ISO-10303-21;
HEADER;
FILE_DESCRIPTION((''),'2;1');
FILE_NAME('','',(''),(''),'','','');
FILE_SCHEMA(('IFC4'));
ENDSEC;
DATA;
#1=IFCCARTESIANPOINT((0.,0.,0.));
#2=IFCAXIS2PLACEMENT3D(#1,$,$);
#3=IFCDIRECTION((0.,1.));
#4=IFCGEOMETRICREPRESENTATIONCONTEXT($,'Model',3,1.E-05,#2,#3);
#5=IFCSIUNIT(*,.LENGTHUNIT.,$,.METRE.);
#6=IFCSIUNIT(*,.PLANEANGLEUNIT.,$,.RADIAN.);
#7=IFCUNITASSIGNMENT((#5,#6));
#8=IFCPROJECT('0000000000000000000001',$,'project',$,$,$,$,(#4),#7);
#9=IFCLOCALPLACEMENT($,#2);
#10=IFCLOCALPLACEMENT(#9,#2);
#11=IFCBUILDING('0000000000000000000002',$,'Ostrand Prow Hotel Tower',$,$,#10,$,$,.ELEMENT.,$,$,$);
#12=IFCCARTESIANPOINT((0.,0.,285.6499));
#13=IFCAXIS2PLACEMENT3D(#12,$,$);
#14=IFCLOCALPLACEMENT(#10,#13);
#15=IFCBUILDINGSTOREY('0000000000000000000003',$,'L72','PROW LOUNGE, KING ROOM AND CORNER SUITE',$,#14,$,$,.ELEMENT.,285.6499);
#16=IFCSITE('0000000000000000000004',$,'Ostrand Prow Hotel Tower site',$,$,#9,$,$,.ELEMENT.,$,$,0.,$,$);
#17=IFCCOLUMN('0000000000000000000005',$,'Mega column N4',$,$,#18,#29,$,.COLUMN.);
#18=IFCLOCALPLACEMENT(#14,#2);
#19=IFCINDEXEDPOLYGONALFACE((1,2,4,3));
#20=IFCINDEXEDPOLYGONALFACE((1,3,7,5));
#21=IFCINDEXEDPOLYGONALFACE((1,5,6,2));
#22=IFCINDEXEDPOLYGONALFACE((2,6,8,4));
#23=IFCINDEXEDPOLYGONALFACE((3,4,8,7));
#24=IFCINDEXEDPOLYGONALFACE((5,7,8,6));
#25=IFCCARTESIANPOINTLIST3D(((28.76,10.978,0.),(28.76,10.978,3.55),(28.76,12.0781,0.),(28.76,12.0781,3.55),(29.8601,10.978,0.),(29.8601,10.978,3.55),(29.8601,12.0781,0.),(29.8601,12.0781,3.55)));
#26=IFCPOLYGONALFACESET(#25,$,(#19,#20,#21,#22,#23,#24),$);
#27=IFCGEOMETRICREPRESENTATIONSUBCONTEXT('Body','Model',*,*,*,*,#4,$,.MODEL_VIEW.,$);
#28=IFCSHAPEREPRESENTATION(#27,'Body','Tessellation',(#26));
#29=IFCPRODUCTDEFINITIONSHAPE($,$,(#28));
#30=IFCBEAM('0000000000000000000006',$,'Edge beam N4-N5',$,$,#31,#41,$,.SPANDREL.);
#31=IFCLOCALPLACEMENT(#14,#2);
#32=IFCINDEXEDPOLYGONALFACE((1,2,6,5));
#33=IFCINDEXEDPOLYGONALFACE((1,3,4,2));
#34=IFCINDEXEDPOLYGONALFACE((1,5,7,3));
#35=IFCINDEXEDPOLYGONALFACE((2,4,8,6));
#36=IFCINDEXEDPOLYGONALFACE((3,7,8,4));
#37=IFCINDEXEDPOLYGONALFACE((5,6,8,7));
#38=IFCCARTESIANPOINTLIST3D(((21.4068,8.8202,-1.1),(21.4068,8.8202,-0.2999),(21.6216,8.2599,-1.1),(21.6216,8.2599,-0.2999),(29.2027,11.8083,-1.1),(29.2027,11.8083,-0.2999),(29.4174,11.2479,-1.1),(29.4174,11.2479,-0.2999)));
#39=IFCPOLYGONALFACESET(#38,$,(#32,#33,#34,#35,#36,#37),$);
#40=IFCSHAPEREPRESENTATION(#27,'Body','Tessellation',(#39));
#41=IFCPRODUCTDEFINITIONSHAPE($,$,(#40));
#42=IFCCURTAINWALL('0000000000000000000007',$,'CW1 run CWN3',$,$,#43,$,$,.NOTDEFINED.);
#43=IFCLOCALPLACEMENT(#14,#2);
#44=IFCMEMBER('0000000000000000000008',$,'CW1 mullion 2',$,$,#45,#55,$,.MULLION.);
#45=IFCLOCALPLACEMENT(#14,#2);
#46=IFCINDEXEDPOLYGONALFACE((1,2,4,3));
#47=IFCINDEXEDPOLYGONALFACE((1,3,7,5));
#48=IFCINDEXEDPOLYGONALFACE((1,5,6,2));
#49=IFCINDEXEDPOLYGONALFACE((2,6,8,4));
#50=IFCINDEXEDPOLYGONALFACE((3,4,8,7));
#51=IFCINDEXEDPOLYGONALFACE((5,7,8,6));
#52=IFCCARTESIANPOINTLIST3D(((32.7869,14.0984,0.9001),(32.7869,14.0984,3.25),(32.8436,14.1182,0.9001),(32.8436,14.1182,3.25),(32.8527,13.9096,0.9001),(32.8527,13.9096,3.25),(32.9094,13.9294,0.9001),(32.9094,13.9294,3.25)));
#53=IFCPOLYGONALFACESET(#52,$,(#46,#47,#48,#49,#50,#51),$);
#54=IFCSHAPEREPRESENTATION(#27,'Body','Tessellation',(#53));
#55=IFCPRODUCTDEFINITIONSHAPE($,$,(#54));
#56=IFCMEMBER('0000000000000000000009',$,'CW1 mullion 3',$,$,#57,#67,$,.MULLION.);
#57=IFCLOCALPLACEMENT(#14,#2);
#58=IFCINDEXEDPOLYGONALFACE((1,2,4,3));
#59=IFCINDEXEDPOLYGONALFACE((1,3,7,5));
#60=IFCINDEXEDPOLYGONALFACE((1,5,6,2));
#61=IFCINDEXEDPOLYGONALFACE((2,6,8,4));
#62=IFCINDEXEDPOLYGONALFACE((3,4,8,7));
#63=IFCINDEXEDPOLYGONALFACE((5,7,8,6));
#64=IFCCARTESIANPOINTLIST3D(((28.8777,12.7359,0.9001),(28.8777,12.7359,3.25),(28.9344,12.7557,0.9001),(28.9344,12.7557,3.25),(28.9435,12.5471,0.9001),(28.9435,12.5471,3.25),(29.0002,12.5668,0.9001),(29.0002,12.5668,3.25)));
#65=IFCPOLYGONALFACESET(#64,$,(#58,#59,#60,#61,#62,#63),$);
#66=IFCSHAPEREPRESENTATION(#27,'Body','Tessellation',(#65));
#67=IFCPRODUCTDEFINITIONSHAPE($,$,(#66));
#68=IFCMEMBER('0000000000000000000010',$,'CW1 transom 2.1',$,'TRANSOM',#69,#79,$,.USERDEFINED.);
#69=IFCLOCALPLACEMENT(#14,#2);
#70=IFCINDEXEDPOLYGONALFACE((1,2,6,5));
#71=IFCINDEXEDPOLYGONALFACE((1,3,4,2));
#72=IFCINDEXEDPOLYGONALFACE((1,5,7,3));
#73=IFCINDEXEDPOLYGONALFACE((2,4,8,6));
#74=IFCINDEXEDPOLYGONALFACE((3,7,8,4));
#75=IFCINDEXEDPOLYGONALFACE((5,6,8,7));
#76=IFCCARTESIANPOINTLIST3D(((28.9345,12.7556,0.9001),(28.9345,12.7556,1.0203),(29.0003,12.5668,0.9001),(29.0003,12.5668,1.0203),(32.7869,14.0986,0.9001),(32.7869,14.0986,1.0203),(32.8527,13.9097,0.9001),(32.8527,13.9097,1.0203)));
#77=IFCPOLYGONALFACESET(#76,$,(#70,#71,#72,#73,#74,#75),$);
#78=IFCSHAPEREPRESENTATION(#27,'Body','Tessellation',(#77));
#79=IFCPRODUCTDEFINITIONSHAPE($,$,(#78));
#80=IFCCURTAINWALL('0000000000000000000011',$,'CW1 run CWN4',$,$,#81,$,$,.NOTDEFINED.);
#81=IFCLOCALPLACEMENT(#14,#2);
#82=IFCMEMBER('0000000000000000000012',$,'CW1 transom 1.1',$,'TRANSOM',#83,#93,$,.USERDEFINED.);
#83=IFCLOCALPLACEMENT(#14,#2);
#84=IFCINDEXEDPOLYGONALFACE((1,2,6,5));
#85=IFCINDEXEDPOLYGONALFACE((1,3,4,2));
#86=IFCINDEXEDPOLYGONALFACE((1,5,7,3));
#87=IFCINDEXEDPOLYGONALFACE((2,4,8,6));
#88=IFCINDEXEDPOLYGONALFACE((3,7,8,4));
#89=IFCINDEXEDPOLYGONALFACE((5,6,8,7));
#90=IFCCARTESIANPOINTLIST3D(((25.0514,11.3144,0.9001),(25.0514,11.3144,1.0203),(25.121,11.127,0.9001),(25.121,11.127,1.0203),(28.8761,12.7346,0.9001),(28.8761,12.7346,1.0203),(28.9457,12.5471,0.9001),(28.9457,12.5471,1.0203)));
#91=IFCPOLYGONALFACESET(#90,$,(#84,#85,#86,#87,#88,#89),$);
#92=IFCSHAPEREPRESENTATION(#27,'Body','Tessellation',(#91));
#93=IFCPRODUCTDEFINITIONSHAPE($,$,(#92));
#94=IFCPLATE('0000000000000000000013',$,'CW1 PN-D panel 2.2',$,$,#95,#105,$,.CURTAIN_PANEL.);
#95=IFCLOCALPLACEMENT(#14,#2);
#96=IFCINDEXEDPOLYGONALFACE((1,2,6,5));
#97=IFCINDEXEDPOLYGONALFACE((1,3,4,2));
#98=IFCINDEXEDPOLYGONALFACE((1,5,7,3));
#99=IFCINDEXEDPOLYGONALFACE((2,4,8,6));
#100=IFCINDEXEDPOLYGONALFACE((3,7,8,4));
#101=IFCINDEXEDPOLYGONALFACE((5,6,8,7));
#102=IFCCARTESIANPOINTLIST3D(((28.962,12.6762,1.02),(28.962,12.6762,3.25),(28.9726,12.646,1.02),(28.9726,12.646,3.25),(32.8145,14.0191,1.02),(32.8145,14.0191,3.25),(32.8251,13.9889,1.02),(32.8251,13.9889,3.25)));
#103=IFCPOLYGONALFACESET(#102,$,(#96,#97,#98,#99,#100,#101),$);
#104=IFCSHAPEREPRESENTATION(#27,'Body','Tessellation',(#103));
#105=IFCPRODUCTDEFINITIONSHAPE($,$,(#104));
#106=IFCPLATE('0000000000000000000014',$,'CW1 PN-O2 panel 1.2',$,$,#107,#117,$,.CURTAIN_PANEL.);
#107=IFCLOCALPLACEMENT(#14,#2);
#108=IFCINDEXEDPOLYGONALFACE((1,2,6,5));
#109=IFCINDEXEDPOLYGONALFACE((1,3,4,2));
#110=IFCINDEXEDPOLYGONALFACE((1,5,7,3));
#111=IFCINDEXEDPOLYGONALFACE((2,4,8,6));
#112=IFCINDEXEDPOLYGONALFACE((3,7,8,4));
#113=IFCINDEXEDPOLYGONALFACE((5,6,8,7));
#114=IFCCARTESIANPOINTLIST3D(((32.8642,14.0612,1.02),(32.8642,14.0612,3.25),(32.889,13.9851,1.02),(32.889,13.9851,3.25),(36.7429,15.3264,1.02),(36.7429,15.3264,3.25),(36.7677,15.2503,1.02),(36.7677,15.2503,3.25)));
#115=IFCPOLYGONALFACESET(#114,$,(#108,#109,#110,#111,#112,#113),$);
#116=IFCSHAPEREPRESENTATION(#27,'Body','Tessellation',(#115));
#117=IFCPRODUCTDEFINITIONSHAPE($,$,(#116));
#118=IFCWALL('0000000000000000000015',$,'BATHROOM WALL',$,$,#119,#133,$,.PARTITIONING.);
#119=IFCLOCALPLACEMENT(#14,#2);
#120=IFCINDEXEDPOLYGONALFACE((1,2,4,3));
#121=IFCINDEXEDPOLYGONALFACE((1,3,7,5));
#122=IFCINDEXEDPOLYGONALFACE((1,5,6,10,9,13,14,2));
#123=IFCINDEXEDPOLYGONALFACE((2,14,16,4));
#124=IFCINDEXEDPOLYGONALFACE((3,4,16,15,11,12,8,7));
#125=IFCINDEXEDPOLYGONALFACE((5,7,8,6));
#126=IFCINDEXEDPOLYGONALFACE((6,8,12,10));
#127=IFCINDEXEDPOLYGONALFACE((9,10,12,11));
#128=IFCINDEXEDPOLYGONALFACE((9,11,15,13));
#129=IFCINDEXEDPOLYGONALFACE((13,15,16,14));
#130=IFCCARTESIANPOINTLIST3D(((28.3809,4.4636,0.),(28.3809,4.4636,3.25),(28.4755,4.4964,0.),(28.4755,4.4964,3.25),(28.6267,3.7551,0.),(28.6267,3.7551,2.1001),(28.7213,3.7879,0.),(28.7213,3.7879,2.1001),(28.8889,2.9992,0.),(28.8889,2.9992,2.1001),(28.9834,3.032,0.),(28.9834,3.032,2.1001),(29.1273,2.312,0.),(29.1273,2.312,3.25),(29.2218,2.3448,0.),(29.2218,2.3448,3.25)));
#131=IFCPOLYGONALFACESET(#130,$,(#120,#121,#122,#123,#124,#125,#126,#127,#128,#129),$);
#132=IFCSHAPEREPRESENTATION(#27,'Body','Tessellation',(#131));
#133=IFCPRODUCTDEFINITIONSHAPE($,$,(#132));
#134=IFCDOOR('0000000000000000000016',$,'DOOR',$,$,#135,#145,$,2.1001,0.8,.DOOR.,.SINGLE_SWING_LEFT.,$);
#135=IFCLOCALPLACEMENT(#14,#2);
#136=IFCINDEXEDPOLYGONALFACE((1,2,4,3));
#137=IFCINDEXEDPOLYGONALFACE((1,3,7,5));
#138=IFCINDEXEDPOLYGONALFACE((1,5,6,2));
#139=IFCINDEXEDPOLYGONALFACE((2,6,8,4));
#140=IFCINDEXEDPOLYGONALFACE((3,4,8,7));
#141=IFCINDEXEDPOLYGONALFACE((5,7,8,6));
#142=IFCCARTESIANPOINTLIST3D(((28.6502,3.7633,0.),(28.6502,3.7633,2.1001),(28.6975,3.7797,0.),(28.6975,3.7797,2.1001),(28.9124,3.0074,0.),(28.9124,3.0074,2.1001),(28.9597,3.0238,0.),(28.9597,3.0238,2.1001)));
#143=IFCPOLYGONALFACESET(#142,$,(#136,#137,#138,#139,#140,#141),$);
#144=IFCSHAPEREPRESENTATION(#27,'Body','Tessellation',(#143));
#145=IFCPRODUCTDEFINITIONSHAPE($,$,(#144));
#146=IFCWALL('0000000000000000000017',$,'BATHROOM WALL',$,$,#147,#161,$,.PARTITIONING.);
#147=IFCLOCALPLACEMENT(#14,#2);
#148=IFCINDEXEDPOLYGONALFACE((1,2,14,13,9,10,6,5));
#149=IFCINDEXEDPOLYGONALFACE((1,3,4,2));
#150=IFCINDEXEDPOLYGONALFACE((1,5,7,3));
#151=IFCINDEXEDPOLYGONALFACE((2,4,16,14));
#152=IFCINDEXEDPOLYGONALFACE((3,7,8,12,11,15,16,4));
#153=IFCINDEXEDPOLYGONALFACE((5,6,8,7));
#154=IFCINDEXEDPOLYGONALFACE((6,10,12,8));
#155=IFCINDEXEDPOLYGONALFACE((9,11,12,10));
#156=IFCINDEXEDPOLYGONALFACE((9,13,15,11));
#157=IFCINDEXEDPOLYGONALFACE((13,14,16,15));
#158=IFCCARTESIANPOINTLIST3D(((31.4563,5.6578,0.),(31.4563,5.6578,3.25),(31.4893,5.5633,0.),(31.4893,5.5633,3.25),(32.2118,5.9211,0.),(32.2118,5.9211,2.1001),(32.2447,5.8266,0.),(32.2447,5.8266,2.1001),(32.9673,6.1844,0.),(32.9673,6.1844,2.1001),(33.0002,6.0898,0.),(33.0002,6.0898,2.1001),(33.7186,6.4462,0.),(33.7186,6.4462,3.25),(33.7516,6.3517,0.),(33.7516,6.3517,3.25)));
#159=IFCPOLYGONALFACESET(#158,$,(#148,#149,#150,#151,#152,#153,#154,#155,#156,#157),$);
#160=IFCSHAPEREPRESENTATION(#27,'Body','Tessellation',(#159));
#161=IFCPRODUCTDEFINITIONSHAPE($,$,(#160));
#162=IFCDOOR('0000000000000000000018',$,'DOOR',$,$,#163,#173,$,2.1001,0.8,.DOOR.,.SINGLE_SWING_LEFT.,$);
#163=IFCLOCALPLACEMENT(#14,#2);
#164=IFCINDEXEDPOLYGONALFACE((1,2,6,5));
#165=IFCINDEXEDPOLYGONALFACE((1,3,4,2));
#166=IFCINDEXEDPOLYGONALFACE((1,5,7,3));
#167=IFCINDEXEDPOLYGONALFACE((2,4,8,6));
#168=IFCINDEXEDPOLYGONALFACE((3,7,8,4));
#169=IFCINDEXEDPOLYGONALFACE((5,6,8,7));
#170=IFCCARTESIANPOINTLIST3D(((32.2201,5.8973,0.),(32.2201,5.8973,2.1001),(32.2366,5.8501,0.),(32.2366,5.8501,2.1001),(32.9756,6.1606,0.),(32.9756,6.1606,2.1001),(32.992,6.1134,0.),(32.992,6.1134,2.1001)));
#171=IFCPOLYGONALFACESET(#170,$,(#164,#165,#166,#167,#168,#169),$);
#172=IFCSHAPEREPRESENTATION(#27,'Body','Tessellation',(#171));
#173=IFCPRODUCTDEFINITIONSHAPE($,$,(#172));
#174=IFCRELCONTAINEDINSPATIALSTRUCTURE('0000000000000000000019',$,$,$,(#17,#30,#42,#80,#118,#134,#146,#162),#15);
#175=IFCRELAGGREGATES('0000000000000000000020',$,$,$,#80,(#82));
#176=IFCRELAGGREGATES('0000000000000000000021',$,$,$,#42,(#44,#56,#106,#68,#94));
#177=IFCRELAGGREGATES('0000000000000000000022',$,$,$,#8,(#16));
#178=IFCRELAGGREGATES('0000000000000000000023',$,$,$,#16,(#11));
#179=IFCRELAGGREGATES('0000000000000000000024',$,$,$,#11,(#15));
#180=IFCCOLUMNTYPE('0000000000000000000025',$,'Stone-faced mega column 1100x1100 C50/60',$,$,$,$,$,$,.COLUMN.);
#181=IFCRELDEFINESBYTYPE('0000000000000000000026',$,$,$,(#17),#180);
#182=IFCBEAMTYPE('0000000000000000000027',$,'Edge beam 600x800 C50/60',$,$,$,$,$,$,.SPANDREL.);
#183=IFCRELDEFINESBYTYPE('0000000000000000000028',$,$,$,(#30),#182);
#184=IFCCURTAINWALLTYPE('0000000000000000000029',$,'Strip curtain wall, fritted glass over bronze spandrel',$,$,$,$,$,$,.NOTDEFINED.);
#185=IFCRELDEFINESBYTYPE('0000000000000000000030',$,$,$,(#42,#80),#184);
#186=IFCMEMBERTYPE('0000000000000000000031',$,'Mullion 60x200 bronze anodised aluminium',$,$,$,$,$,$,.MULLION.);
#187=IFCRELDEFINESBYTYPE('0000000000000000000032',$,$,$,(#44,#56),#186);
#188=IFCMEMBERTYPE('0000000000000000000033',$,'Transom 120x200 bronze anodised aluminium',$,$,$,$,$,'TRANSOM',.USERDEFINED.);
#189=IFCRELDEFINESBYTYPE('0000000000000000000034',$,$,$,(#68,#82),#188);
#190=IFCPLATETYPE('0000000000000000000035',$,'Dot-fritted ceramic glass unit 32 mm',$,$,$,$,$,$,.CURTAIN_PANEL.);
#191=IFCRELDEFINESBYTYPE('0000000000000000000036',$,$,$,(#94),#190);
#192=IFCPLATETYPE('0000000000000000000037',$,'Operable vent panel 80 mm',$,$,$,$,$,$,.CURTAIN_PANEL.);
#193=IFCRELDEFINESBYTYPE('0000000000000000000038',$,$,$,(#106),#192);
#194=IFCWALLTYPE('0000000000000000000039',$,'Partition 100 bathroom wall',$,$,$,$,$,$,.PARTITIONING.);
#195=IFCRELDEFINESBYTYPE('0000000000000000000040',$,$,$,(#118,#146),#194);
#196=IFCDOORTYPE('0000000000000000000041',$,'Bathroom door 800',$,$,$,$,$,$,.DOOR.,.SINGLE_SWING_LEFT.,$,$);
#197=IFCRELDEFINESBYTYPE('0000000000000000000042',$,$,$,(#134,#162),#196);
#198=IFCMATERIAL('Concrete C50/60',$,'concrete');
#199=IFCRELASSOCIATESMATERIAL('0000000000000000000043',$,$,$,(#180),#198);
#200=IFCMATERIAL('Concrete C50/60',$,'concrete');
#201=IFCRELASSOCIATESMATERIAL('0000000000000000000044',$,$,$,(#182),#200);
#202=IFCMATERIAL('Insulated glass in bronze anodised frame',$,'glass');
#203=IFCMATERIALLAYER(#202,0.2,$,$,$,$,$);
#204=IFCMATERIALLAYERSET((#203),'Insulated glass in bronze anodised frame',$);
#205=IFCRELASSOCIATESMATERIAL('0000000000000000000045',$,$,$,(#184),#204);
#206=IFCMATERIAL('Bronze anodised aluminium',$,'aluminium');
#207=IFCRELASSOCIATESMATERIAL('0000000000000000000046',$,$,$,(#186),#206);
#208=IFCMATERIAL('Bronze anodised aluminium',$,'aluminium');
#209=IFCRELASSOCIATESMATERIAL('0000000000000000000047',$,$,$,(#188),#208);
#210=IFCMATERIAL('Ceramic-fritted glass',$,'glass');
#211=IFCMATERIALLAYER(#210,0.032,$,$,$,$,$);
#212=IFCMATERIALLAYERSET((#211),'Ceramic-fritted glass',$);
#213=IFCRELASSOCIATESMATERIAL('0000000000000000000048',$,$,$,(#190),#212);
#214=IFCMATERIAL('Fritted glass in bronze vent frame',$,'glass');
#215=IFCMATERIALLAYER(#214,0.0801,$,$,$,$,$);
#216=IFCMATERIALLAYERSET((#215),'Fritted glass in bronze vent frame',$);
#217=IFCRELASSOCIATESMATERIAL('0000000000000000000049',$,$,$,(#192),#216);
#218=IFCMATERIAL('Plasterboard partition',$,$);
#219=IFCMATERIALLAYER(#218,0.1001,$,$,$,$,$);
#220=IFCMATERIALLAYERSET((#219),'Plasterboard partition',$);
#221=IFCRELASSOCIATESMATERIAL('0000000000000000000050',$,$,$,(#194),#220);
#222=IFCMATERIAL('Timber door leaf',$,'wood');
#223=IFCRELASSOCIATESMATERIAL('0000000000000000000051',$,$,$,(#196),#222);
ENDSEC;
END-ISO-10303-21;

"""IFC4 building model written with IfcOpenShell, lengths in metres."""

from ifc_helpers import new_model, si_unit, direction, frame, frame_2d, origin, origin_2d, place, context, subcontext, project, spatial, rectangle, extrude, material, layer, layer_set, material_profile, profile_set, type_object, element, fill, aggregate, save


model = new_model("IFC4")

# Units and contexts
model_context = context("Model", 3, precision=1e-05, world=origin(), true_north=direction((0.0, 1.0)))
body_context = subcontext(model_context, "Body", "Model", "MODEL_VIEW")
ifc_project = project(units=[si_unit("LENGTHUNIT", "METRE"), si_unit("PLANEANGLEUNIT", "RADIAN")], contexts=[model_context])

# Site, building, storey
site_placement = place(None, origin())
site = spatial("IfcSite", under=ifc_project, at=site_placement, Name="Ostrand Prow Hotel Tower site", CompositionType="ELEMENT", RefElevation=0.0)
building_placement = place(site_placement, origin())
building = spatial("IfcBuilding", under=site, at=building_placement, Name="Ostrand Prow Hotel Tower", CompositionType="ELEMENT")
storey_placement = place(building_placement, frame((0.0, 0.0, 285.6499)))
storey = spatial("IfcBuildingStorey", under=building, at=storey_placement, Name="L72", Description="PROW LOUNGE, KING ROOM AND CORNER SUITE", CompositionType="ELEMENT", Elevation=285.6499)

# Column
ifc_material_1 = material(Name="Concrete C50/60", Category="concrete")
ifc_material_profile_1 = material_profile(ifc_material_1, rectangle(XDim=1.1001, YDim=1.1001, at=origin_2d()), Name="RC 1100x1100")
ifc_profile_set_1 = profile_set([ifc_material_profile_1], Name="Concrete C50/60")
column_type = type_object("IfcColumnType", Name="Stone-faced mega column 1100x1100 C50/60", PredefinedType="COLUMN", material=ifc_profile_set_1)
column_placement = place(storey_placement, frame((29.3101, 11.5281, 0.0), z_axis=(0.0, 0.0, 1.0), x_axis=(1.0, 0.0, 0.0)))
element("IfcColumn", 1, at=column_placement, inside=storey, type_object=column_type, Name="Mega column N4", PredefinedType="COLUMN", context=body_context, shape_type="SweptSolid", body=[
    extrude(rectangle(XDim=1.1001, YDim=1.1001, at=origin_2d()), origin(), (0.0, 0.0, 1.0), 3.55),
])

# Beam
ifc_material_2 = material(Name="Concrete C50/60", Category="concrete")
ifc_material_profile_2 = material_profile(ifc_material_2, rectangle(XDim=0.6001, YDim=0.8, at=origin_2d()), Name="RC 600x800")
ifc_profile_set_2 = profile_set([ifc_material_profile_2], Name="Concrete C50/60")
beam_type = type_object("IfcBeamType", Name="Edge beam 600x800 C50/60", PredefinedType="SPANDREL", material=ifc_profile_set_2)
beam_placement = place(storey_placement, frame((29.3101, 11.5281, -0.7), z_axis=(-0.933762, -0.357895, 0.0), x_axis=(0.357895, -0.933762, 0.0)))
element("IfcBeam", 2, at=beam_placement, inside=storey, type_object=beam_type, Name="Edge beam N4-N5", PredefinedType="SPANDREL", context=body_context, shape_type="SweptSolid", body=[
    extrude(rectangle(XDim=0.6001, YDim=0.8, at=origin_2d()), origin(), (0.0, 0.0, 1.0), 8.3489),
])

# Curtain wall, members
ifc_material_3 = material(Name="Insulated glass in bronze anodised frame", Category="glass")
ifc_layer_1 = layer(ifc_material_3, 0.2)
ifc_layer_set_1 = layer_set([ifc_layer_1], Name="Insulated glass in bronze anodised frame")
curtain_wall_type = type_object("IfcCurtainWallType", Name="Strip curtain wall, fritted glass over bronze spandrel", PredefinedType="NOTDEFINED", material=ifc_layer_set_1)
curtain_wall_1_placement = place(storey_placement, origin())
curtain_wall_1 = element("IfcCurtainWall", 3, at=curtain_wall_1_placement, inside=storey, type_object=curtain_wall_type, Name="CW1 run CWN3", PredefinedType="NOTDEFINED")
ifc_material_4 = material(Name="Bronze anodised aluminium", Category="aluminium")
ifc_material_profile_3 = material_profile(ifc_material_4, rectangle(XDim=0.2, YDim=0.0601, at=origin_2d()), Name="Mullion 60x200 bronze anodised aluminium")
ifc_profile_set_3 = profile_set([ifc_material_profile_3], Name="Bronze anodised aluminium")
member_type_1 = type_object("IfcMemberType", Name="Mullion 60x200 bronze anodised aluminium", PredefinedType="MULLION", material=ifc_profile_set_3)
member_1_placement = place(storey_placement, frame((32.8481, 14.0139, 0.9001), z_axis=(0.0, 0.0, 1.0), x_axis=(0.329158, -0.944275, 0.0)))
member_1 = element("IfcMember", 4, at=member_1_placement, type_object=member_type_1, Name="CW1 mullion 2", PredefinedType="MULLION", context=body_context, shape_type="SweptSolid", body=[
    extrude(rectangle(XDim=0.2, YDim=0.0601, at=origin_2d()), origin(), (0.0, 0.0, 1.0), 2.3499),
])
member_2_placement = place(storey_placement, frame((28.939, 12.6514, 0.9001), z_axis=(0.0, 0.0, 1.0), x_axis=(0.329158, -0.944275, 0.0)))
member_2 = element("IfcMember", 5, at=member_2_placement, type_object=member_type_1, Name="CW1 mullion 3", PredefinedType="MULLION", context=body_context, shape_type="SweptSolid", body=[
    extrude(rectangle(XDim=0.2, YDim=0.0601, at=origin_2d()), origin(), (0.0, 0.0, 1.0), 2.3499),
])
ifc_material_5 = material(Name="Bronze anodised aluminium", Category="aluminium")
ifc_material_profile_4 = material_profile(ifc_material_5, rectangle(XDim=0.2, YDim=0.1201, at=origin_2d()), Name="Transom 120x200 bronze anodised aluminium")
ifc_profile_set_4 = profile_set([ifc_material_profile_4], Name="Bronze anodised aluminium")
member_type_2 = type_object("IfcMemberType", Name="Transom 120x200 bronze anodised aluminium", ElementType="TRANSOM", PredefinedType="USERDEFINED", material=ifc_profile_set_4)
member_3_placement = place(storey_placement, frame((32.8198, 14.0042, 0.9602), z_axis=(-0.944268, -0.329177, 0.0), x_axis=(0.329177, -0.944268, 0.0)))
member_3 = element("IfcMember", 6, at=member_3_placement, type_object=member_type_2, Name="CW1 transom 2.1", ObjectType="TRANSOM", PredefinedType="USERDEFINED", context=body_context, shape_type="SweptSolid", body=[
    extrude(rectangle(XDim=0.2, YDim=0.1201, at=origin_2d()), origin(), (0.0, 0.0, 1.0), 4.0798),
])

# Curtain wall, member
curtain_wall_2_placement = place(storey_placement, origin())
curtain_wall_2 = element("IfcCurtainWall", 7, at=curtain_wall_2_placement, inside=storey, type_object=curtain_wall_type, Name="CW1 run CWN4", PredefinedType="NOTDEFINED")
member_4_placement = place(storey_placement, frame((28.9109, 12.6409, 0.9602), z_axis=(-0.93746, -0.348092, 0.0), x_axis=(0.348092, -0.93746, 0.0)))
member_4 = element("IfcMember", 8, at=member_4_placement, type_object=member_type_2, Name="CW1 transom 1.1", ObjectType="TRANSOM", PredefinedType="USERDEFINED", context=body_context, shape_type="SweptSolid", body=[
    extrude(rectangle(XDim=0.2, YDim=0.1201, at=origin_2d()), origin(), (0.0, 0.0, 1.0), 4.0798),
])
aggregate(curtain_wall_2, [member_4])

# Plates
ifc_material_6 = material(Name="Ceramic-fritted glass", Category="glass")
ifc_layer_2 = layer(ifc_material_6, 0.032)
ifc_layer_set_2 = layer_set([ifc_layer_2], Name="Ceramic-fritted glass")
plate_type_1 = type_object("IfcPlateType", Name="Dot-fritted ceramic glass unit 32 mm", PredefinedType="CURTAIN_PANEL", material=ifc_layer_set_2)
plate_1_placement = place(storey_placement, frame((30.8936, 13.3325, 1.02), z_axis=(0.0, 0.0, 1.0), x_axis=(-0.944275, -0.329158, 0.0)))
plate_1 = element("IfcPlate", 9, at=plate_1_placement, type_object=plate_type_1, Name="CW1 PN-D panel 2.2", PredefinedType="CURTAIN_PANEL", context=body_context, shape_type="SweptSolid", body=[
    extrude(rectangle(XDim=4.0798, YDim=0.032, at=origin_2d()), origin(), (0.0, 0.0, 1.0), 2.23),
])
ifc_material_7 = material(Name="Fritted glass in bronze vent frame", Category="glass")
ifc_layer_3 = layer(ifc_material_7, 0.0801)
ifc_layer_set_3 = layer_set([ifc_layer_3], Name="Fritted glass in bronze vent frame")
plate_type_2 = type_object("IfcPlateType", Name="Operable vent panel 80 mm", PredefinedType="CURTAIN_PANEL", material=ifc_layer_set_3)
plate_2_placement = place(storey_placement, frame((34.8159, 14.6558, 1.02), z_axis=(0.0, 0.0, 1.0), x_axis=(-0.9507, -0.310111, 0.0)))
plate_2 = element("IfcPlate", 10, at=plate_2_placement, type_object=plate_type_2, Name="CW1 PN-O2 panel 1.2", PredefinedType="CURTAIN_PANEL", context=body_context, shape_type="SweptSolid", body=[
    extrude(rectangle(XDim=4.0798, YDim=0.0801, at=origin_2d()), origin(), (0.0, 0.0, 1.0), 2.23),
])
aggregate(curtain_wall_1, [member_1, member_2, plate_2, member_3, plate_1])

# Walls, openings, doors
ifc_material_8 = material(Name="Plasterboard partition")
ifc_layer_4 = layer(ifc_material_8, 0.1001)
ifc_layer_set_4 = layer_set([ifc_layer_4], Name="Plasterboard partition")
wall_type_1 = type_object("IfcWallType", Name="Partition 100 bathroom wall", PredefinedType="PARTITIONING", material=ifc_layer_set_4)
wall_1_placement = place(storey_placement, frame((28.4282, 4.48, 0.0), z_axis=(0.0, 0.0, 1.0), x_axis=(0.327718, -0.944776, 0.0)))
wall_1 = element("IfcWall", 11, at=wall_1_placement, inside=storey, type_object=wall_type_1, Name="BATHROOM WALL", PredefinedType="PARTITIONING", context=body_context, shape_type="SweptSolid", body=[
    extrude(rectangle(XDim=2.2773, YDim=0.1001, at=frame_2d((1.1387, 0.0))), origin(), (0.0, 0.0, 1.0), 3.25),
])
opening_1_placement = place(wall_1_placement, frame((0.75, 0.0, 0.0)))
opening_1 = element("IfcOpeningElement", 12, at=opening_1_placement, cuts=wall_1, PredefinedType="OPENING", context=body_context, shape_type="SweptSolid", body=[
    extrude(rectangle(XDim=0.8, YDim=2.1001, at=frame_2d((0.3999, 1.05))), frame((0.0, 0.0601, 0.0), z_axis=(0.0, -1.0, 0.0), x_axis=(1.0, 0.0, 0.0)), (0.0, 0.0, 1.0), 0.1201),
])
ifc_material_9 = material(Name="Timber door leaf", Category="wood")
door_type_1 = type_object("IfcDoorType", Name="Bathroom door 800", OperationType="SINGLE_SWING_LEFT", PredefinedType="DOOR", material=ifc_material_9)
door_1_placement = place(opening_1_placement, origin())
door_1 = element("IfcDoor", 13, at=door_1_placement, inside=storey, type_object=door_type_1, Name="DOOR", OperationType="SINGLE_SWING_LEFT", OverallHeight=2.1001, OverallWidth=0.8, PredefinedType="DOOR", context=body_context, shape_type="SweptSolid", body=[
    extrude(rectangle(XDim=0.8, YDim=2.1001, at=frame_2d((0.3999, 1.05))), frame((0.0, 0.0249, 0.0), z_axis=(0.0, -1.0, 0.0), x_axis=(1.0, 0.0, 0.0)), (0.0, 0.0, 1.0), 0.05),
])
fill(opening_1, door_1)
wall_2_placement = place(storey_placement, frame((31.4729, 5.6106, 0.0), z_axis=(0.0, 0.0, 1.0), x_axis=(0.944306, 0.32907, 0.0)))
wall_2 = element("IfcWall", 14, at=wall_2_placement, inside=storey, type_object=wall_type_1, Name="BATHROOM WALL", PredefinedType="PARTITIONING", context=body_context, shape_type="SweptSolid", body=[
    extrude(rectangle(XDim=2.3958, YDim=0.1001, at=frame_2d((1.1978, 0.0))), origin(), (0.0, 0.0, 1.0), 3.25),
])
opening_2_placement = place(wall_2_placement, frame((0.8, 0.0, 0.0)))
opening_2 = element("IfcOpeningElement", 15, at=opening_2_placement, cuts=wall_2, PredefinedType="OPENING", context=body_context, shape_type="SweptSolid", body=[
    extrude(rectangle(XDim=0.8, YDim=2.1001, at=frame_2d((0.3999, 1.05))), frame((0.0, 0.0601, 0.0), z_axis=(0.0, -1.0, 0.0), x_axis=(1.0, 0.0, 0.0)), (0.0, 0.0, 1.0), 0.1201),
])
door_2_placement = place(opening_2_placement, origin())
door_2 = element("IfcDoor", 16, at=door_2_placement, inside=storey, type_object=door_type_1, Name="DOOR", OperationType="SINGLE_SWING_LEFT", OverallHeight=2.1001, OverallWidth=0.8, PredefinedType="DOOR", context=body_context, shape_type="SweptSolid", body=[
    extrude(rectangle(XDim=0.8, YDim=2.1001, at=frame_2d((0.3999, 1.05))), frame((0.0, 0.0249, 0.0), z_axis=(0.0, -1.0, 0.0), x_axis=(1.0, 0.0, 0.0)), (0.0, 0.0, 1.0), 0.05),
])
fill(opening_2, door_2)

save(model, "model.ifc")
